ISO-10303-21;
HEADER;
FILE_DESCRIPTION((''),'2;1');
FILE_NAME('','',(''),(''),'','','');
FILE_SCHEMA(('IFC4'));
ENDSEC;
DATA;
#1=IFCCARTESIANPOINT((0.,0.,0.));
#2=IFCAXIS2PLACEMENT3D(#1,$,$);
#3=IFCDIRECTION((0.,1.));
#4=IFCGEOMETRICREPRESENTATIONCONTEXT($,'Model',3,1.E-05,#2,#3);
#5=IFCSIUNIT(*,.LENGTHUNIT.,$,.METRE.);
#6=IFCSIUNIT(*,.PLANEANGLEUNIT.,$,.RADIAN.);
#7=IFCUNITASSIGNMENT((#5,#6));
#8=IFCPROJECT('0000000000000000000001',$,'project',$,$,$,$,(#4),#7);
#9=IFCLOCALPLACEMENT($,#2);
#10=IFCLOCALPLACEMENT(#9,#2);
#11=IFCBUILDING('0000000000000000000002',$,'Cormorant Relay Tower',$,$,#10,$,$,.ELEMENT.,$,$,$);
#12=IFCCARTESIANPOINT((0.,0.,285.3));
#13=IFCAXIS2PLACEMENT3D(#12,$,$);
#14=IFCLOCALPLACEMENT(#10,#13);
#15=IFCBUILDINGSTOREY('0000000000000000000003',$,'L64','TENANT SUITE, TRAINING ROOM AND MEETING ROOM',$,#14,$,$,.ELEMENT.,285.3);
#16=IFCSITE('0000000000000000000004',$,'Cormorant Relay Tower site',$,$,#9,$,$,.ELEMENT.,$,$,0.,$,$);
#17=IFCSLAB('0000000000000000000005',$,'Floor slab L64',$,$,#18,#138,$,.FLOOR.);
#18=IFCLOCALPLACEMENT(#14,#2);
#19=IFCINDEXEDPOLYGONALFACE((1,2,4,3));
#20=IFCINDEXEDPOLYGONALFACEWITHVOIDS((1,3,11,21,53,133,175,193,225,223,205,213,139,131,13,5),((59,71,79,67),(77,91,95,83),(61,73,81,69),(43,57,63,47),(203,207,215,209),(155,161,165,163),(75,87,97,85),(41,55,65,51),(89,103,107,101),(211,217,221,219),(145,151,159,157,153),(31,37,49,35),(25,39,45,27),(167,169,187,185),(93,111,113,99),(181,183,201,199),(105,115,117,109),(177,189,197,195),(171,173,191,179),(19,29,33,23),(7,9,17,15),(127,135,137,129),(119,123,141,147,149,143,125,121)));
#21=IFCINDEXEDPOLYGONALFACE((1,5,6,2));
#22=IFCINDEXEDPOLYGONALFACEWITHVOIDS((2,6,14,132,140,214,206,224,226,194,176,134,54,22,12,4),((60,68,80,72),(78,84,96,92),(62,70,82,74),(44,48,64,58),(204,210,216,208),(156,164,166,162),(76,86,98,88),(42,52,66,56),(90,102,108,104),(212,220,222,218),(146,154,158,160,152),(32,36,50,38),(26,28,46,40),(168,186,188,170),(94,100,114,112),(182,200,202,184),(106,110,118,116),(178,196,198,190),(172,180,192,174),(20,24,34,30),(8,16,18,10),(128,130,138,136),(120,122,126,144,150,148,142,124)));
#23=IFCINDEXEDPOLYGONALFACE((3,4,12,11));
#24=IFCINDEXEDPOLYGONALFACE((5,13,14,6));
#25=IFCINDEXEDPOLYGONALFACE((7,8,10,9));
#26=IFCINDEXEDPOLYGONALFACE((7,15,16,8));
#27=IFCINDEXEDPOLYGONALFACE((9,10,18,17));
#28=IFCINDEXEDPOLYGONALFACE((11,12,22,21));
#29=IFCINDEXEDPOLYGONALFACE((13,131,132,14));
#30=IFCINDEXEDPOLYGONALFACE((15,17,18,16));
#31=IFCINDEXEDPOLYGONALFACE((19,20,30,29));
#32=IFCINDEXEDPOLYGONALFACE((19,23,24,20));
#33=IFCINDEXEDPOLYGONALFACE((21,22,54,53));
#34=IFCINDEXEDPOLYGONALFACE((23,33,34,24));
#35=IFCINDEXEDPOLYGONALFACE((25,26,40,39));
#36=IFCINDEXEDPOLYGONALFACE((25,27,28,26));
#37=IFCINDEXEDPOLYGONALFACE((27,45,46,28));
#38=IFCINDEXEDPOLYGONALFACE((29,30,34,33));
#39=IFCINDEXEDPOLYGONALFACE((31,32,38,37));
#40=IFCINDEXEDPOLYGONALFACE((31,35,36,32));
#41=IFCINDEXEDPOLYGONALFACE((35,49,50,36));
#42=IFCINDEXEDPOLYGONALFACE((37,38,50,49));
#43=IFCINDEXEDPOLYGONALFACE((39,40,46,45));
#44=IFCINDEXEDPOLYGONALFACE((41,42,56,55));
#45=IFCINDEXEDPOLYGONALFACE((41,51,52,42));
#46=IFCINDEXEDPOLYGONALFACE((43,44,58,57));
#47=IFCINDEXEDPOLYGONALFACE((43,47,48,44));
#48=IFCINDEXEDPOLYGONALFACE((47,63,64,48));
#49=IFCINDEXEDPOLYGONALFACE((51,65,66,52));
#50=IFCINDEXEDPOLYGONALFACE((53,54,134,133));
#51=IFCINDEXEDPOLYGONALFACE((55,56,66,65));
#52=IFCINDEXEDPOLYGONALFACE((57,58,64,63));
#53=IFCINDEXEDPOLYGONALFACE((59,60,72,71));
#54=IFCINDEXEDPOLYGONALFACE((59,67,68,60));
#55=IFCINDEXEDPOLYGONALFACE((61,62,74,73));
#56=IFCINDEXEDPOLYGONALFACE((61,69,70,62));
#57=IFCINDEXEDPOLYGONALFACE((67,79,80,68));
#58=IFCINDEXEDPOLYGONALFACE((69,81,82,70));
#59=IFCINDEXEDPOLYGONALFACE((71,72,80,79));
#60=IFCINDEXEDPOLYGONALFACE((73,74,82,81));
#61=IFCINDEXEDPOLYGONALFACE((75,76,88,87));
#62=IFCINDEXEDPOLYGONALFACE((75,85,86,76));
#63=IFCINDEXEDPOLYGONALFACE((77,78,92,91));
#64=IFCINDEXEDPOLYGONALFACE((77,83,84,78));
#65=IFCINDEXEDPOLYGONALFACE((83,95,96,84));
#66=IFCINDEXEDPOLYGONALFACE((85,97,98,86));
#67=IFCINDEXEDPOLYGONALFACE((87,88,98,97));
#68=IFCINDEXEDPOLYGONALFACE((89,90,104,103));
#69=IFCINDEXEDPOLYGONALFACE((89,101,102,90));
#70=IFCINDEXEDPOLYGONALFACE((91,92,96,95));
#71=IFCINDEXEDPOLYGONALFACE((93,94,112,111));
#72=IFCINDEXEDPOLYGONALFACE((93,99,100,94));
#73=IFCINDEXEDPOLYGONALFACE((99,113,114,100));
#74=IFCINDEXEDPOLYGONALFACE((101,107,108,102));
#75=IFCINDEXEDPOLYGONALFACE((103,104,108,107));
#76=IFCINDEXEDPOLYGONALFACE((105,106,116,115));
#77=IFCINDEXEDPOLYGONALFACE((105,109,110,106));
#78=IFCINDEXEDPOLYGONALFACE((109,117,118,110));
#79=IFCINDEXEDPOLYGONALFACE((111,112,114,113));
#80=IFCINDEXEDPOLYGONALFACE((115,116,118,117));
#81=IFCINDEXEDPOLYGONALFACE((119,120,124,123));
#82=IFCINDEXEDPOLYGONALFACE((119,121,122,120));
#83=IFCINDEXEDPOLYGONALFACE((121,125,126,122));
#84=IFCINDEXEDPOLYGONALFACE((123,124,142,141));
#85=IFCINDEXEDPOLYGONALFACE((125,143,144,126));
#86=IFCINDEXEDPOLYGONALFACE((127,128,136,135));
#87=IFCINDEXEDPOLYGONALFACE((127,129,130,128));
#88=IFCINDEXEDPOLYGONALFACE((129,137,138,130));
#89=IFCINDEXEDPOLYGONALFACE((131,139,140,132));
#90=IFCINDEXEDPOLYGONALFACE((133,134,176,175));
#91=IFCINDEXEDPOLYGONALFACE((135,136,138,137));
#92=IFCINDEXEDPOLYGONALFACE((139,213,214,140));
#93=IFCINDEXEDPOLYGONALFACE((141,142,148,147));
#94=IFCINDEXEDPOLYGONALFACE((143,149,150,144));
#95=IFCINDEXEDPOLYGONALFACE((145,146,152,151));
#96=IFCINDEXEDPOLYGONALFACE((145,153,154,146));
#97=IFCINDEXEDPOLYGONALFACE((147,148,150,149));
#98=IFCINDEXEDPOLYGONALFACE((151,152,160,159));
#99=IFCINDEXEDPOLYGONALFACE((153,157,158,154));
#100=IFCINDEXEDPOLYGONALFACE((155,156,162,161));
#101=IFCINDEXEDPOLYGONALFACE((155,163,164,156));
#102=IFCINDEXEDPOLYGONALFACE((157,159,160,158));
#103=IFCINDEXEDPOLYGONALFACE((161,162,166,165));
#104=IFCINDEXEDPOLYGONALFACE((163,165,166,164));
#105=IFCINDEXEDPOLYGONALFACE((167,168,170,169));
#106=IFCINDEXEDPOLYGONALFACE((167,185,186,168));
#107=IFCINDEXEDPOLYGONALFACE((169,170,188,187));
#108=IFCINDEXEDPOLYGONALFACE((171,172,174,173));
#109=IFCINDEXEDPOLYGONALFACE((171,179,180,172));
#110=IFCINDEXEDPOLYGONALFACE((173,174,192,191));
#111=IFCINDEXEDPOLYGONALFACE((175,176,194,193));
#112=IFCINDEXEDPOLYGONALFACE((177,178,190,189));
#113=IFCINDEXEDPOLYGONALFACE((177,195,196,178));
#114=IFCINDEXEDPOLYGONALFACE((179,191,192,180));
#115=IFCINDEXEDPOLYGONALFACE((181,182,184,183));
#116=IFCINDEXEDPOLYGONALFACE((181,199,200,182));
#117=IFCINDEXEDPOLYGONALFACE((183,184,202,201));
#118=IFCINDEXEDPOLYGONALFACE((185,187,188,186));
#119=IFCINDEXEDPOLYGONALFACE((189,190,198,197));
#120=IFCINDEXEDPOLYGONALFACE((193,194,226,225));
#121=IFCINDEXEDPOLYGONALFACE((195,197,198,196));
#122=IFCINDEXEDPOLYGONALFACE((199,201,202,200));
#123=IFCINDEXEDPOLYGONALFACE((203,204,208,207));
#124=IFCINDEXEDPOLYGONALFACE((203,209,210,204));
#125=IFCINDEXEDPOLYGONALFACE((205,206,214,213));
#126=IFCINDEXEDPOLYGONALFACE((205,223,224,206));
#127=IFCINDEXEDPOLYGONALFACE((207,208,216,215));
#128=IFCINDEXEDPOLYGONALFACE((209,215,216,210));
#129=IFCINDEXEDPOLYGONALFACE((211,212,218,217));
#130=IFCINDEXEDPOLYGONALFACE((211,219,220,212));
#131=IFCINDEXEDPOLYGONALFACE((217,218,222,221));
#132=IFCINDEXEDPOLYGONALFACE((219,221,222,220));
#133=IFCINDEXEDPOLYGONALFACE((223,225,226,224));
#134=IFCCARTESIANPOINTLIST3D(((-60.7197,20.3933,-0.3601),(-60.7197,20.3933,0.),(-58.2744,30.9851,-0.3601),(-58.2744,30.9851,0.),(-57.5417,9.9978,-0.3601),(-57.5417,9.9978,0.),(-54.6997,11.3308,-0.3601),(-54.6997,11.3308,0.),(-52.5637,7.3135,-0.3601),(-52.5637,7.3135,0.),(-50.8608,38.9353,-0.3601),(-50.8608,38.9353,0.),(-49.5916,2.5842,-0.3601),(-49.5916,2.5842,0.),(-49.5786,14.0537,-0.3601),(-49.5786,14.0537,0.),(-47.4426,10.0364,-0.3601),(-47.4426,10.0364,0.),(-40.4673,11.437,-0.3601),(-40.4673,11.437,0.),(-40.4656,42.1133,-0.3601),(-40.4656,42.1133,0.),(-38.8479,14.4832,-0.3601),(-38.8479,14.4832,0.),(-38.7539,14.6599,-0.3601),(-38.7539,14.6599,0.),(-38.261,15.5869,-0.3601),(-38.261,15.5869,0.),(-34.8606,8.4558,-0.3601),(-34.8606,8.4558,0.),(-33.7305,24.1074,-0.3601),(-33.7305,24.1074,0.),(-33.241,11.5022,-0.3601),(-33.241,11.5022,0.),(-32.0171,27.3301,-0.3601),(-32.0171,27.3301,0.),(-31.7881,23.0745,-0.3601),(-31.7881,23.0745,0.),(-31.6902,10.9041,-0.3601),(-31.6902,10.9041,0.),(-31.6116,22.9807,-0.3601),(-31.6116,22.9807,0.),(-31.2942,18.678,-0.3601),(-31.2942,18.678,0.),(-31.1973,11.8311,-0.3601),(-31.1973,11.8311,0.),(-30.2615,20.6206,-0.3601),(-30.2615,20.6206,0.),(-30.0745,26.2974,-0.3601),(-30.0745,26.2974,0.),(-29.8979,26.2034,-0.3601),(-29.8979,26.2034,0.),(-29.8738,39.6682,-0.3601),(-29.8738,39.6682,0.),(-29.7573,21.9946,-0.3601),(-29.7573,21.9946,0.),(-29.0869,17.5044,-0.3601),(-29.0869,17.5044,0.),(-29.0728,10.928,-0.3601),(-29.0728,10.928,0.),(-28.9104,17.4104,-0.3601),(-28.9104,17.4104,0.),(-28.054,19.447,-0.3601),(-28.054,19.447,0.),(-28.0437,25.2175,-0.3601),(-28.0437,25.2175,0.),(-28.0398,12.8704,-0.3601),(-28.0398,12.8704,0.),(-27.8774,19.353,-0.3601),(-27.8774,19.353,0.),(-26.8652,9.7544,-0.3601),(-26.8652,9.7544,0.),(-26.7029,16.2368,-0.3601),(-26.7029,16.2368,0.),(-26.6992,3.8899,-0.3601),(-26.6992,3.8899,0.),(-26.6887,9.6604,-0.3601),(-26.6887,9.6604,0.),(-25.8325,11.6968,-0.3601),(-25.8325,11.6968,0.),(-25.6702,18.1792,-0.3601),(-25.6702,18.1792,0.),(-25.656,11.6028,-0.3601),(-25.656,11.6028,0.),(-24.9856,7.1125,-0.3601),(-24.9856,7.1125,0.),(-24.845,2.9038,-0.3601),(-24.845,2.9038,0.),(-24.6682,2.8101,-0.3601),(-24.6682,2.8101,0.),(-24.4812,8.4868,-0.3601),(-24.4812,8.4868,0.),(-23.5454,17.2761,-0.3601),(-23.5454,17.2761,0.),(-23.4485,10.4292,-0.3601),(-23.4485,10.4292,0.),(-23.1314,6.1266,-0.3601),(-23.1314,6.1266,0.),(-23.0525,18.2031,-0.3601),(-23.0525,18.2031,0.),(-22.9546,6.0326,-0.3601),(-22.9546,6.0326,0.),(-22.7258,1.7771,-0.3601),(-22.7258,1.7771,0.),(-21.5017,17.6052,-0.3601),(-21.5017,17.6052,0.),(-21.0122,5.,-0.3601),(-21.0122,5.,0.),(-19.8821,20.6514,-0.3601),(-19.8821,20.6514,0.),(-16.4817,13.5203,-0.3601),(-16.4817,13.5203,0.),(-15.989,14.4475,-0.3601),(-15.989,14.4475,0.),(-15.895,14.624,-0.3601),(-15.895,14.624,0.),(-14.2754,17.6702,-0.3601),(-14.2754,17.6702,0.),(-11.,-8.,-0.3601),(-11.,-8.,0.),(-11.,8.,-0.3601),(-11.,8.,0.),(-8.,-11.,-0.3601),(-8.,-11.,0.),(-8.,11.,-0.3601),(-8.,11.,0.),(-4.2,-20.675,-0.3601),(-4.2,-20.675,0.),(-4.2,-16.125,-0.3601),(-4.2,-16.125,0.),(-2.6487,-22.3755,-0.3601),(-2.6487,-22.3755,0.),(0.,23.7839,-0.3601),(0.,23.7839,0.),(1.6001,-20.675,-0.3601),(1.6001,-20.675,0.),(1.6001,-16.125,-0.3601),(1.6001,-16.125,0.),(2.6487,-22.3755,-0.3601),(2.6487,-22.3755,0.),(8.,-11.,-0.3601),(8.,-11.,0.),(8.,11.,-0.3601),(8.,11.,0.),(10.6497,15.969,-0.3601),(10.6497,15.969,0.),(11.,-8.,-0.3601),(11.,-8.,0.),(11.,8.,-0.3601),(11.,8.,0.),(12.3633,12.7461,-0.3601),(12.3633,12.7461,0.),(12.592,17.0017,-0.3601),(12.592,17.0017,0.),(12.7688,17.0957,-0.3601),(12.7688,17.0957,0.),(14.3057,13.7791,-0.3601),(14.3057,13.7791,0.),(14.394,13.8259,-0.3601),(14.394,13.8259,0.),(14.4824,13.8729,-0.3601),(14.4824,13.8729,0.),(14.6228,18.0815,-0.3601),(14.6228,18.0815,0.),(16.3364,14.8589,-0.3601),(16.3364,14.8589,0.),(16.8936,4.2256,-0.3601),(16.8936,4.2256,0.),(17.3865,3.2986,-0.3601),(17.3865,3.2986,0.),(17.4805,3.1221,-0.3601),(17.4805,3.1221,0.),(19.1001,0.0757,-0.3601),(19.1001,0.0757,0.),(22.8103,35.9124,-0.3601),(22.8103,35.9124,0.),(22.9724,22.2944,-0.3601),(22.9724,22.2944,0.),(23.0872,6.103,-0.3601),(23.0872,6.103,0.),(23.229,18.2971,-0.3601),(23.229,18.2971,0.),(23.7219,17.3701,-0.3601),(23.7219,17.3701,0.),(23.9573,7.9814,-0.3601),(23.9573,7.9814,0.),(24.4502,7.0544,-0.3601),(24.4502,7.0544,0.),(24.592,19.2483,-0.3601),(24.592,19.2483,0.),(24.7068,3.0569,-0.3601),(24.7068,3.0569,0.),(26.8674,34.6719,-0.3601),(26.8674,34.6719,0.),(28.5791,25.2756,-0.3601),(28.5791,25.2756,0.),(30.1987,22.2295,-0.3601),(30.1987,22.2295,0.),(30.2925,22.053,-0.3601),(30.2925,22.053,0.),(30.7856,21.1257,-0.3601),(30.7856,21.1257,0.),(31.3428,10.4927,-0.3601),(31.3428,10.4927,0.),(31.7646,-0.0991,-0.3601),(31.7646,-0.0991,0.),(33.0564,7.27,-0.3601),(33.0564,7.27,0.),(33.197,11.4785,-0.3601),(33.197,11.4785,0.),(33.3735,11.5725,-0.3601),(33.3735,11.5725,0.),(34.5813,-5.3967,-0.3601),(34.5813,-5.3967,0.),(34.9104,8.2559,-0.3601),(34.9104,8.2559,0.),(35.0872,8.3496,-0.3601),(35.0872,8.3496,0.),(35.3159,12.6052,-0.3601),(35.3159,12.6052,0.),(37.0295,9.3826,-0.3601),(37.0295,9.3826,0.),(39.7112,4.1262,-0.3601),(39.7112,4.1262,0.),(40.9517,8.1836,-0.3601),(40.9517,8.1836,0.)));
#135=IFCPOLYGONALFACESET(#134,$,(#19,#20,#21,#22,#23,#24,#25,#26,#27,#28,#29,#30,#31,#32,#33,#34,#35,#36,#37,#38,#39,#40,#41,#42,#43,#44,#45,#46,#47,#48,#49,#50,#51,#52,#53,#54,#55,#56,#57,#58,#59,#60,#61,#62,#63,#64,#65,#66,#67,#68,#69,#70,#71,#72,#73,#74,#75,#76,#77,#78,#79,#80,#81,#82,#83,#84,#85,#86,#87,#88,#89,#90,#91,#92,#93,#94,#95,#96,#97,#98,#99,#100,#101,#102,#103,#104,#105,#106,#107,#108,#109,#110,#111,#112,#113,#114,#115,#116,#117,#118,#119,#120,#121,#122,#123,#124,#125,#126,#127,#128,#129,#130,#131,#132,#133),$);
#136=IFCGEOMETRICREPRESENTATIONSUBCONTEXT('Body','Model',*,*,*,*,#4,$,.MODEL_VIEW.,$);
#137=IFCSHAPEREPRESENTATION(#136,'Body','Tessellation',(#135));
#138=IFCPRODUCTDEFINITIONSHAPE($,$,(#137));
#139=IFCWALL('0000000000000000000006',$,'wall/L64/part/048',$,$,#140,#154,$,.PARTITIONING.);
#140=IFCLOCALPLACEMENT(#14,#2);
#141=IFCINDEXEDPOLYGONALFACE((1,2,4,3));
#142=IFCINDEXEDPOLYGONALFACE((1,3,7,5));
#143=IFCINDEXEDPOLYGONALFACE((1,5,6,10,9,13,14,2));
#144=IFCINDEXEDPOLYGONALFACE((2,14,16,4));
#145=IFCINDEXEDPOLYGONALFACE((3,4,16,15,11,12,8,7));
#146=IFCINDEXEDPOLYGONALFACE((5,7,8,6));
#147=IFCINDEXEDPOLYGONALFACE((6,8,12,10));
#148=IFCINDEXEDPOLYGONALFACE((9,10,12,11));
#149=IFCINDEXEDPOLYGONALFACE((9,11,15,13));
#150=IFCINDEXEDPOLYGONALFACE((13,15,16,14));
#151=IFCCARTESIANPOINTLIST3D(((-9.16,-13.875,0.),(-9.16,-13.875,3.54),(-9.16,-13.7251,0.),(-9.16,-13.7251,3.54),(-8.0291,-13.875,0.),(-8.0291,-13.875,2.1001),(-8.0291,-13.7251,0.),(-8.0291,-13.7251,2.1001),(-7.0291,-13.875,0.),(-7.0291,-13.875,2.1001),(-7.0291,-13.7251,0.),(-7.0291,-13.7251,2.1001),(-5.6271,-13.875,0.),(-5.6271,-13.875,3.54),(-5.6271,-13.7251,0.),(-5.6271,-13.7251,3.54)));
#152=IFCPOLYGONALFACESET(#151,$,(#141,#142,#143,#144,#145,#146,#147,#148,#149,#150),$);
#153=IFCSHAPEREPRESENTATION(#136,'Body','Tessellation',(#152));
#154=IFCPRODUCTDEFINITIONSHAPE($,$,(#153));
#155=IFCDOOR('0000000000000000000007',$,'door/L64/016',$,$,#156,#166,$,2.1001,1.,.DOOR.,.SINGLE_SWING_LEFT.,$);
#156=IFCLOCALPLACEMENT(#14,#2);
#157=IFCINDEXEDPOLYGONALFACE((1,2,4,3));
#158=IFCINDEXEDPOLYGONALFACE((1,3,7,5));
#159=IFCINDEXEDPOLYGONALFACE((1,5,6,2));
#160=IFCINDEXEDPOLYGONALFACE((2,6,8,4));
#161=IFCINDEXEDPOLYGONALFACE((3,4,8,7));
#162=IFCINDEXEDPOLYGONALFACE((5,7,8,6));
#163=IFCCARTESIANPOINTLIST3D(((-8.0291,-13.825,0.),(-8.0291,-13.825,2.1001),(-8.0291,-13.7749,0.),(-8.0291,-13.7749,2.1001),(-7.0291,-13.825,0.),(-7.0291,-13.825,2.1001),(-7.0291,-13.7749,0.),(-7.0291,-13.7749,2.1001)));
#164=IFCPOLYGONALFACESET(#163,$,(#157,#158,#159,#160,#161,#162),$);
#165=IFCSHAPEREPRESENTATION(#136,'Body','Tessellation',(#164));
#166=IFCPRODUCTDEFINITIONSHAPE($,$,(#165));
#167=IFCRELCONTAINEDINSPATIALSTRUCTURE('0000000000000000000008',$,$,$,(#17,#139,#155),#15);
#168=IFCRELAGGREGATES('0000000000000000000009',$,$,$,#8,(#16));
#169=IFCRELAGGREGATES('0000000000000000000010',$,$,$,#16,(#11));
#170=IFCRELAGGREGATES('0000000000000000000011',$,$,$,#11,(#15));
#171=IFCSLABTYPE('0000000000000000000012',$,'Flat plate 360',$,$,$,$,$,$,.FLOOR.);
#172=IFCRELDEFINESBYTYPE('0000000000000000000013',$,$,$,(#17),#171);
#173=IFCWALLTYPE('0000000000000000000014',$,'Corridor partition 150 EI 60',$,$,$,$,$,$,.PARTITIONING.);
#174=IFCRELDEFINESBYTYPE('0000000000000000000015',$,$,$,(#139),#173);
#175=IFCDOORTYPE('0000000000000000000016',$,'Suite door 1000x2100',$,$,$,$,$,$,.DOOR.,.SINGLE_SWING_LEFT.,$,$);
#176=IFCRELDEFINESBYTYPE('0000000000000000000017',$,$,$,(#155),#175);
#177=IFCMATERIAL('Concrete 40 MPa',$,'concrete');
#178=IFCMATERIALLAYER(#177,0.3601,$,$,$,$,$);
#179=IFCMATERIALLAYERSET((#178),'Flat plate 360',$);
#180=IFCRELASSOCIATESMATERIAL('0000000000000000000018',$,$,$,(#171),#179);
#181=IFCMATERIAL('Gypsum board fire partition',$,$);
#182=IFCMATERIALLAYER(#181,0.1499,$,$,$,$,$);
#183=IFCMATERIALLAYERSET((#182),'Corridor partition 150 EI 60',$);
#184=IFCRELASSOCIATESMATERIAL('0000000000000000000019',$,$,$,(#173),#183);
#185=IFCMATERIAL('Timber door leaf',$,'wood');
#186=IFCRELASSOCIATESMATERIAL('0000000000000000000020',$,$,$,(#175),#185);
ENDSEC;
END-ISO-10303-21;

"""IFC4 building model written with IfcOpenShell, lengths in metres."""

from ifc_helpers import new_model, si_unit, direction, frame, frame_2d, origin, place, context, subcontext, project, spatial, polyline, rectangle, outline, extrude, material, layer, layer_set, type_object, element, fill, save


model = new_model("IFC4")

# Units and contexts
model_context = context("Model", 3, precision=1e-05, world=origin(), true_north=direction((0.0, 1.0)))
body_context = subcontext(model_context, "Body", "Model", "MODEL_VIEW")
ifc_project = project(units=[si_unit("LENGTHUNIT", "METRE"), si_unit("PLANEANGLEUNIT", "RADIAN")], contexts=[model_context])

# Site, building, storey
site_placement = place(None, origin())
site = spatial("IfcSite", under=ifc_project, at=site_placement, Name="Cormorant Relay Tower site", CompositionType="ELEMENT", RefElevation=0.0)
building_placement = place(site_placement, origin())
building = spatial("IfcBuilding", under=site, at=building_placement, Name="Cormorant Relay Tower", CompositionType="ELEMENT")
storey_placement = place(building_placement, frame((0.0, 0.0, 285.3)))
storey = spatial("IfcBuildingStorey", under=building, at=storey_placement, Name="L64", Description="TENANT SUITE, TRAINING ROOM AND MEETING ROOM", CompositionType="ELEMENT", Elevation=285.3)

# Slab
ifc_material_1 = material(Name="Concrete 40 MPa", Category="concrete")
ifc_layer_1 = layer(ifc_material_1, 0.3601)
ifc_layer_set_1 = layer_set([ifc_layer_1], Name="Flat plate 360")
slab_type_1 = type_object("IfcSlabType", Name="Flat plate 360", PredefinedType="FLOOR", material=ifc_layer_set_1)
slab_1_placement = place(storey_placement, frame((0.0, 0.0, -0.3601)))
element("IfcSlab", 1, at=slab_1_placement, inside=storey, type_object=slab_type_1, Name="Floor slab L64", PredefinedType="FLOOR", context=body_context, shape_type="SweptSolid", body=[
    extrude(outline(polyline([(-60.7197, 20.3933), (-58.2744, 30.9851), (-50.8608, 38.9353), (-40.4656, 42.1133), (-29.8738, 39.6682), (0.0, 23.7839), (22.8103, 35.9124), (26.8674, 34.6719), (40.9517, 8.1836), (39.7112, 4.1262), (31.7646, -0.0991), (34.5813, -5.3967), (2.6487, -22.3755), (-2.6487, -22.3755), (-49.5916, 2.5842), (-57.5417, 9.9978), (-60.7197, 20.3933)]), holes=[polyline([(11.0, -8.0), (11.0, 8.0), (8.0, 11.0), (-8.0, 11.0), (-11.0, 8.0), (-11.0, -8.0), (-8.0, -11.0), (8.0, -11.0), (11.0, -8.0)]), polyline([(-22.9546, 6.0327), (-24.6682, 2.8101), (-22.7258, 1.7771), (-21.0122, 5.0), (-23.043, 6.0796), (-22.9546, 6.0327)]), polyline([(-24.9856, 7.1125), (-26.6992, 3.8899), (-24.845, 2.9038), (-23.1313, 6.1267), (-23.043, 6.0796), (-24.9856, 7.1125)]), polyline([(-24.4812, 8.4868), (-23.4485, 10.4292), (-25.656, 11.6028), (-26.6887, 9.6604), (-24.4812, 8.4868)]), polyline([(-49.5786, 14.0537), (-54.6997, 11.3308), (-52.5637, 7.3135), (-47.4426, 10.0364), (-49.5786, 14.0537)]), polyline([(-25.8325, 11.6968), (-28.0398, 12.8704), (-29.0728, 10.928), (-26.8652, 9.7544), (-25.8325, 11.6968)]), polyline([(-38.8479, 14.4832), (-40.4673, 11.437), (-34.8606, 8.4558), (-33.241, 11.5022), (-38.8479, 14.4832)]), polyline([(-38.261, 15.5869), (-38.7539, 14.6599), (-31.6902, 10.9041), (-31.1973, 11.8311), (-38.261, 15.5869)]), polyline([(-26.7029, 16.2368), (-25.6702, 18.1792), (-27.8774, 19.353), (-28.9104, 17.4104), (-26.7029, 16.2368)]), polyline([(-31.2942, 18.678), (-29.0869, 17.5044), (-28.054, 19.447), (-30.2615, 20.6206), (-31.2942, 18.678)]), polyline([(-31.6116, 22.9807), (-29.7573, 21.9946), (-28.0437, 25.2175), (-29.8979, 26.2034), (-31.6116, 22.9807)]), polyline([(-32.0171, 27.3301), (-33.7305, 24.1074), (-31.7881, 23.0745), (-30.0745, 26.2974), (-32.0171, 27.3301)]), polyline([(-4.2, -16.125), (-4.2, -20.675), (1.6001, -20.675), (1.6001, -16.125), (-4.2, -16.125)]), polyline([(17.4805, 3.1221), (19.1001, 0.0757), (24.7068, 3.0569), (23.0872, 6.103), (17.4805, 3.1221)]), polyline([(17.3865, 3.2986), (24.4502, 7.0544), (23.9573, 7.9814), (16.8936, 4.2256), (17.3865, 3.2986)]), polyline([(33.197, 11.4785), (31.3428, 10.4927), (33.0564, 7.27), (34.9104, 8.2559), (33.197, 11.4785)]), polyline([(33.3735, 11.5725), (35.0872, 8.3496), (37.0295, 9.3826), (35.3159, 12.6052), (33.3735, 11.5725)]), polyline([(14.3057, 13.7791), (12.592, 17.0017), (10.6497, 15.969), (12.3633, 12.7461), (14.394, 13.8259), (14.3057, 13.7791)]), polyline([(16.3364, 14.8589), (14.6228, 18.0815), (12.7688, 17.0957), (14.4824, 13.8728), (14.394, 13.8259), (16.3364, 14.8589)]), polyline([(-16.4817, 13.5203), (-15.989, 14.4475), (-23.0525, 18.2031), (-23.5454, 17.2761), (-16.4817, 13.5203)]), polyline([(-15.895, 14.624), (-14.2754, 17.6702), (-19.8821, 20.6514), (-21.5017, 17.6052), (-15.895, 14.624)]), polyline([(30.7856, 21.1257), (30.2925, 22.053), (23.229, 18.2971), (23.7219, 17.3701), (30.7856, 21.1257)]), polyline([(24.592, 19.2483), (30.1987, 22.2295), (28.5791, 25.2756), (22.9724, 22.2944), (24.592, 19.2483)])]), origin(), (0.0, 0.0, 1.0), 0.3601),
])

# Wall, opening, door
ifc_material_2 = material(Name="Gypsum board fire partition")
ifc_layer_2 = layer(ifc_material_2, 0.1499)
ifc_layer_set_2 = layer_set([ifc_layer_2], Name="Corridor partition 150 EI 60")
wall_type_1 = type_object("IfcWallType", Name="Corridor partition 150 EI 60", PredefinedType="PARTITIONING", material=ifc_layer_set_2)
wall_1_placement = place(storey_placement, frame((-5.627, -13.8, 0.0), z_axis=(0.0, 0.0, 1.0), x_axis=(-1.0, 0.0, 0.0)))
wall_1 = element("IfcWall", 2, at=wall_1_placement, inside=storey, type_object=wall_type_1, Name="wall/L64/part/048", PredefinedType="PARTITIONING", context=body_context, shape_type="SweptSolid", body=[
    extrude(rectangle(XDim=3.533, YDim=0.1499, at=frame_2d((1.7666, 0.0))), origin(), (0.0, 0.0, 1.0), 3.54),
])
opening_1_placement = place(wall_1_placement, frame((1.4021, 0.0, 0.0)))
opening_1 = element("IfcOpeningElement", 3, at=opening_1_placement, cuts=wall_1, PredefinedType="OPENING", context=body_context, shape_type="SweptSolid", body=[
    extrude(rectangle(XDim=1.0, YDim=2.1001, at=frame_2d((0.5, 1.05))), frame((0.0, 0.085, 0.0), z_axis=(0.0, -1.0, 0.0), x_axis=(1.0, 0.0, 0.0)), (0.0, 0.0, 1.0), 0.1699),
])
ifc_material_3 = material(Name="Timber door leaf", Category="wood")
door_type_1 = type_object("IfcDoorType", Name="Suite door 1000x2100", OperationType="SINGLE_SWING_LEFT", PredefinedType="DOOR", material=ifc_material_3)
door_1_placement = place(opening_1_placement, origin())
door_1 = element("IfcDoor", 4, at=door_1_placement, inside=storey, type_object=door_type_1, Name="door/L64/016", OperationType="SINGLE_SWING_LEFT", OverallHeight=2.1001, OverallWidth=1.0, PredefinedType="DOOR", context=body_context, shape_type="SweptSolid", body=[
    extrude(rectangle(XDim=1.0, YDim=2.1001, at=frame_2d((0.5, 1.05))), frame((0.0, 0.0249, 0.0), z_axis=(0.0, -1.0, 0.0), x_axis=(1.0, 0.0, 0.0)), (0.0, 0.0, 1.0), 0.05),
])
fill(opening_1, door_1)

save(model, "model.ifc")
